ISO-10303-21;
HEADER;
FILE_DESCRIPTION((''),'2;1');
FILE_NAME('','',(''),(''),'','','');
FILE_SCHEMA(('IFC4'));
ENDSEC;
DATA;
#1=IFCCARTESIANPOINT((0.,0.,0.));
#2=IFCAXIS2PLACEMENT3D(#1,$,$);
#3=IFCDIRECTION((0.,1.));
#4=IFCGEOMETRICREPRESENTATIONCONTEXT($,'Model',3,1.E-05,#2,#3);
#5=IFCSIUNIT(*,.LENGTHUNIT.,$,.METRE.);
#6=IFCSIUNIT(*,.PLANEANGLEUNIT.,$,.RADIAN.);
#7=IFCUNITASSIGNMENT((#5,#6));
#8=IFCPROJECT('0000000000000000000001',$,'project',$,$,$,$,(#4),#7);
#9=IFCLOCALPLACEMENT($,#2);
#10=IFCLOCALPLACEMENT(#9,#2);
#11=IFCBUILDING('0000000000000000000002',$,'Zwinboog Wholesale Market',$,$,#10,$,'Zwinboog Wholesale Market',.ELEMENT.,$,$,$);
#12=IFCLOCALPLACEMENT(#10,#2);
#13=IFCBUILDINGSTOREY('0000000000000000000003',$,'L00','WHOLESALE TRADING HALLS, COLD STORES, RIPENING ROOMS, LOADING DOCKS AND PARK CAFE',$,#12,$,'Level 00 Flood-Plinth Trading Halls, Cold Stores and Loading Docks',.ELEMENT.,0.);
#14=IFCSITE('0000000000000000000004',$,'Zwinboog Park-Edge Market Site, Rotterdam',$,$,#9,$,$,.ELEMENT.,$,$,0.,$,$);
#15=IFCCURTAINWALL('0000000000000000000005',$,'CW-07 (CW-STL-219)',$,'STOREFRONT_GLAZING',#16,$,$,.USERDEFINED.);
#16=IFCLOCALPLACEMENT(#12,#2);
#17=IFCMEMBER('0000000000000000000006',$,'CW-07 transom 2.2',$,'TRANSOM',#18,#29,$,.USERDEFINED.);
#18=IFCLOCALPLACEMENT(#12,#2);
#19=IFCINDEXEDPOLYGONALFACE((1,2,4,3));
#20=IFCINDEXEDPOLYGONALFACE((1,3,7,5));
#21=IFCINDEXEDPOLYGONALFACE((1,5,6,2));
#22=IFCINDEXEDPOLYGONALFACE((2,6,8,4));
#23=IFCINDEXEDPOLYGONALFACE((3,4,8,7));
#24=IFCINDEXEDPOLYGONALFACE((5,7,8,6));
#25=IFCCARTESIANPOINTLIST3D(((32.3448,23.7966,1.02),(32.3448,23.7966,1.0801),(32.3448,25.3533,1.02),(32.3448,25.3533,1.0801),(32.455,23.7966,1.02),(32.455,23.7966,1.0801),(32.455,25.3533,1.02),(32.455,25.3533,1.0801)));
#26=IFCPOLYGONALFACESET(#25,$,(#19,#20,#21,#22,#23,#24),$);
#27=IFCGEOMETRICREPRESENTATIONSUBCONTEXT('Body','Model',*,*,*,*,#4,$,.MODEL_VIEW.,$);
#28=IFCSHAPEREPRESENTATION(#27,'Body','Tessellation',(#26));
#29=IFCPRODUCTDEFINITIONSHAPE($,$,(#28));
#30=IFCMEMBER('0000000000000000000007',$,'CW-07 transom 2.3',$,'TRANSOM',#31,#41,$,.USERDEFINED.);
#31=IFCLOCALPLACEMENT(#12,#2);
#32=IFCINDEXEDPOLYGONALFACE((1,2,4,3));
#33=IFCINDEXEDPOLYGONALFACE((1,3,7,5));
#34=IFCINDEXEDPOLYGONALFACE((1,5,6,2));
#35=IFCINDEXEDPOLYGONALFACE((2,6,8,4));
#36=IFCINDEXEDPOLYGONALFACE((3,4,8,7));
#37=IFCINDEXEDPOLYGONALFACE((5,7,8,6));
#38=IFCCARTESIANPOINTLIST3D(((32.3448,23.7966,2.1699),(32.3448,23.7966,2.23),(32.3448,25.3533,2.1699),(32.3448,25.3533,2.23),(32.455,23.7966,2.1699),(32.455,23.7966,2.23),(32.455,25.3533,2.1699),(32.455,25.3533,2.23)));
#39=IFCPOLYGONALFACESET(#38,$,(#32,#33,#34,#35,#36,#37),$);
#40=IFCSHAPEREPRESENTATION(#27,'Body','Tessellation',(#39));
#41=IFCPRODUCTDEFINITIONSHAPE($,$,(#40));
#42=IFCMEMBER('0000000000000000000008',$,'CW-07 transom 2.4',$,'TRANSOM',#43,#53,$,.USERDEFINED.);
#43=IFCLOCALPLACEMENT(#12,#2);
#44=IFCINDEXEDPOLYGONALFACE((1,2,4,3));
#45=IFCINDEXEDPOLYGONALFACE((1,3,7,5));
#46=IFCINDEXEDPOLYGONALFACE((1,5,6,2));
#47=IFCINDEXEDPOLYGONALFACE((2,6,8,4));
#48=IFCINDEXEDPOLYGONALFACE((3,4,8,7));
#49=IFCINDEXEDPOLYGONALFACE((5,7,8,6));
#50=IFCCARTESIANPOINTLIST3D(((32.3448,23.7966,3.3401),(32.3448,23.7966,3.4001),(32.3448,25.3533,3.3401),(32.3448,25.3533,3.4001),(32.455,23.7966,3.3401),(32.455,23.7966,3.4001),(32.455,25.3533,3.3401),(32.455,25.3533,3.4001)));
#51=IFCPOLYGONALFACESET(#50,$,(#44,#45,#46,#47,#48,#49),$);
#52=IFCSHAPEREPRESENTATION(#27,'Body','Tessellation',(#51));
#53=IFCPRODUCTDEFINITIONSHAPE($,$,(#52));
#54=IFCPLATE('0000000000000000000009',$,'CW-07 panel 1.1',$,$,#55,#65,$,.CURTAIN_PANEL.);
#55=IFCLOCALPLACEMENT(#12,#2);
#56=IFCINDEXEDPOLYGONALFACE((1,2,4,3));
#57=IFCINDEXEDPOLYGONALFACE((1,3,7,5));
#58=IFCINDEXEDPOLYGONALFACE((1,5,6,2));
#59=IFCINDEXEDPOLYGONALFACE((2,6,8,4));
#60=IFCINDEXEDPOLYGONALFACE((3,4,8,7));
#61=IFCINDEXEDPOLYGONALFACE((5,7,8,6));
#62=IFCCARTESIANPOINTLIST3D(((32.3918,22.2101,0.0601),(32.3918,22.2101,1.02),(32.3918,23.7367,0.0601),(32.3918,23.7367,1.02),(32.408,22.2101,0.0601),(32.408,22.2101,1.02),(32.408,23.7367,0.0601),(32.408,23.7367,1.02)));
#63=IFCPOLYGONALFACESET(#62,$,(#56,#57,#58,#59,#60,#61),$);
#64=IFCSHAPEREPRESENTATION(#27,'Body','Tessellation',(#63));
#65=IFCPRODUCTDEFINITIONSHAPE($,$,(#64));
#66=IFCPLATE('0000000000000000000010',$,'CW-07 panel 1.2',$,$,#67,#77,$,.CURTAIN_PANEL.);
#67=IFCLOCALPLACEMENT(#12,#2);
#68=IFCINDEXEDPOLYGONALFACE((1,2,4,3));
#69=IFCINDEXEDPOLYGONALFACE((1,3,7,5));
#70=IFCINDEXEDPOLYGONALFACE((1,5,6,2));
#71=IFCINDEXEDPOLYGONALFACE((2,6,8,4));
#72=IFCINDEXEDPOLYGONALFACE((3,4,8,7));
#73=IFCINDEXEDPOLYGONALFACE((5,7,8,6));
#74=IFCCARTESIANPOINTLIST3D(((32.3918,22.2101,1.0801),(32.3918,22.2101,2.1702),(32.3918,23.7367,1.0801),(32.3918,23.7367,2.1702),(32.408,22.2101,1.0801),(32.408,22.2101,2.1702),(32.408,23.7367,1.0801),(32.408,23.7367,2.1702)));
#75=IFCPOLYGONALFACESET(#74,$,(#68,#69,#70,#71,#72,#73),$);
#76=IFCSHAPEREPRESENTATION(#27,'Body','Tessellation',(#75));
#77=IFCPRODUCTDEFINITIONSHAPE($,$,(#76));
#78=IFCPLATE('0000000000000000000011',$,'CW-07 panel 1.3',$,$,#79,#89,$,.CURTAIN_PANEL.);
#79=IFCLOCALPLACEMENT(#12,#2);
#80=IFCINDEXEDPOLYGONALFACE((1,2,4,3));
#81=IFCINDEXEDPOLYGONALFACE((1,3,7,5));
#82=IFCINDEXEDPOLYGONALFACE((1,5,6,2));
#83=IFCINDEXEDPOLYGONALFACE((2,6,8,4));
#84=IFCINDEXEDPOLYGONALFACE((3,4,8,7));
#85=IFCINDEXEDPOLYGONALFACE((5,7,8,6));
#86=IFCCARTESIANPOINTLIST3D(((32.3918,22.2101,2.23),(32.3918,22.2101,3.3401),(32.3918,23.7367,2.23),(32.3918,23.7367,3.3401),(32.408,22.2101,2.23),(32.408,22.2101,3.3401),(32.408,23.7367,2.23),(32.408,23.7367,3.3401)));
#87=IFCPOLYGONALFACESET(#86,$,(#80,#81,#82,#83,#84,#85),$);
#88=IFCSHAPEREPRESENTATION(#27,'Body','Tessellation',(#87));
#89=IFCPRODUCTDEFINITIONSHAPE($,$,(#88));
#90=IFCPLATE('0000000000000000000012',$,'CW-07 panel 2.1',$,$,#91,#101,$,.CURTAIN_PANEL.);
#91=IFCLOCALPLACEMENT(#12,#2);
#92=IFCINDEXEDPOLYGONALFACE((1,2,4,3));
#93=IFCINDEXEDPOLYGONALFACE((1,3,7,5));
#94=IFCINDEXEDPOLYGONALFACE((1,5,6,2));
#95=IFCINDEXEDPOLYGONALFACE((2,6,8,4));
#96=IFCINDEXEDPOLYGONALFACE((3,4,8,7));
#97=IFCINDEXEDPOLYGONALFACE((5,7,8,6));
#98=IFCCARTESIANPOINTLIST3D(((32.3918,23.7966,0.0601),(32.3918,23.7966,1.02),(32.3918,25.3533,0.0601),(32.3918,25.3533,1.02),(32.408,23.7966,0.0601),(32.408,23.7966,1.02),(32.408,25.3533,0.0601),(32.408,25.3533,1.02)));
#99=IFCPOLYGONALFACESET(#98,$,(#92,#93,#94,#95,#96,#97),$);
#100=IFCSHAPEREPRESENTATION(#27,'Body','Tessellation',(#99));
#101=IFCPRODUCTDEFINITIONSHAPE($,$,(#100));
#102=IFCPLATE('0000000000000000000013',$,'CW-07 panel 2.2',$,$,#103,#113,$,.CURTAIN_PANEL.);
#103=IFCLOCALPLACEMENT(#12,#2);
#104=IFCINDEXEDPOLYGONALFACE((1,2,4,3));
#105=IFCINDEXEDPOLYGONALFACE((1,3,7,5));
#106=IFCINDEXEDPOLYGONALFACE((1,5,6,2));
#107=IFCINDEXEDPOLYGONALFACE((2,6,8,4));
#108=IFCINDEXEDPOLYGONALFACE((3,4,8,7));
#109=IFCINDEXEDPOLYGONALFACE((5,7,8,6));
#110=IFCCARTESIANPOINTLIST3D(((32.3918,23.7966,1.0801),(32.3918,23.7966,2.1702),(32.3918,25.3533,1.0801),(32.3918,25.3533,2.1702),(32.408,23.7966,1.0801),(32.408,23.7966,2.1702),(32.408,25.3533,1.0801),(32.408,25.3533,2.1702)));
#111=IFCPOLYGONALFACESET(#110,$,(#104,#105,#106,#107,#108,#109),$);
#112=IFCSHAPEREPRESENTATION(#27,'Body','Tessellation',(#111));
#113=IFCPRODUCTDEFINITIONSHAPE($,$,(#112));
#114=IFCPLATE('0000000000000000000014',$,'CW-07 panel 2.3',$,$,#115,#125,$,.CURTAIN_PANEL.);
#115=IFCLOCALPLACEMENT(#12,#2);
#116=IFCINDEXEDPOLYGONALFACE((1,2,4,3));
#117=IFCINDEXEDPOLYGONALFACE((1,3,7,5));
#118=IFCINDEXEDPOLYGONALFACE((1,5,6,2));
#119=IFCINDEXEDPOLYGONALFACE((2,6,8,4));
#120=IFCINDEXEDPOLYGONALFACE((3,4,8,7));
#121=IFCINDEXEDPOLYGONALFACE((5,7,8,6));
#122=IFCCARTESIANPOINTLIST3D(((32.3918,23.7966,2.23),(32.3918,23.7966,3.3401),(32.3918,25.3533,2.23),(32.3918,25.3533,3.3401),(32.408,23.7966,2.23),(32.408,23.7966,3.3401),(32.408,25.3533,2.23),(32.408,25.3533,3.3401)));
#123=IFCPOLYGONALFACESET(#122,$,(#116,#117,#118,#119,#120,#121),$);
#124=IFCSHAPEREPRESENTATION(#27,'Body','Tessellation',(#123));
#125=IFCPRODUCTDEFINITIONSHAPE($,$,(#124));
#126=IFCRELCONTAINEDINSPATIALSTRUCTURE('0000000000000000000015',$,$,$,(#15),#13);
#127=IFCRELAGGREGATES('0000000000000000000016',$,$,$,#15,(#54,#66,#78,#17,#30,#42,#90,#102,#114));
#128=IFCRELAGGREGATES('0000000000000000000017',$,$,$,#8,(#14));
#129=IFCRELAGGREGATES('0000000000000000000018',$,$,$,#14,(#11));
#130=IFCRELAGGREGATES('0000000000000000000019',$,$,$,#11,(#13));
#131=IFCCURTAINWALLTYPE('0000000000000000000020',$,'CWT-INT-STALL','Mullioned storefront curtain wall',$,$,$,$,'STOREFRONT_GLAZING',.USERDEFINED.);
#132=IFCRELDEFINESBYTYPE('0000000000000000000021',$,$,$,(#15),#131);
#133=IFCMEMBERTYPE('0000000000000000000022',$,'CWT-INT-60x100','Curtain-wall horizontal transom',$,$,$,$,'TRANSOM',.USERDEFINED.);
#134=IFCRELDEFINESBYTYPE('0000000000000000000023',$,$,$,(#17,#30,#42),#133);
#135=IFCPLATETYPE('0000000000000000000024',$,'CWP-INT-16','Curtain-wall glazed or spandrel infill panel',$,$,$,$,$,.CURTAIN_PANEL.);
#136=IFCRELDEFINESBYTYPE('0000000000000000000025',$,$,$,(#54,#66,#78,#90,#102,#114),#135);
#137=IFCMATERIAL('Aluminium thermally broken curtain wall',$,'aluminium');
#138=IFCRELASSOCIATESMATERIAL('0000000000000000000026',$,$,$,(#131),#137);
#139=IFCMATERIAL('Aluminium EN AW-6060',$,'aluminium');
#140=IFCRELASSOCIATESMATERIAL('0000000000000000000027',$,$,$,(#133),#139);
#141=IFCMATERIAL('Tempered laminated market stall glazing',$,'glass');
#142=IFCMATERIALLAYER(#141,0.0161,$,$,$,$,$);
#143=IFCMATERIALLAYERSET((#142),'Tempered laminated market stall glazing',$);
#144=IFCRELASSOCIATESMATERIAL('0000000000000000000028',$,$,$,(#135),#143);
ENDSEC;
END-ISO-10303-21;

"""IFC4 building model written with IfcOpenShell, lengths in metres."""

from ifc_helpers import new_model, si_unit, direction, frame, origin, origin_2d, place, context, subcontext, project, spatial, rectangle, extrude, material, layer, layer_set, material_profile, profile_set, type_object, element, aggregate, save


model = new_model("IFC4")

# Units and contexts
model_context = context("Model", 3, precision=1e-05, world=origin(), true_north=direction((0.0, 1.0)))
body_context = subcontext(model_context, "Body", "Model", "MODEL_VIEW")
ifc_project = project(units=[si_unit("LENGTHUNIT", "METRE"), si_unit("PLANEANGLEUNIT", "RADIAN")], contexts=[model_context])

# Site, building, storey
site_placement = place(None, origin())
site = spatial("IfcSite", under=ifc_project, at=site_placement, Name="Zwinboog Park-Edge Market Site, Rotterdam", CompositionType="ELEMENT", RefElevation=0.0)
building_placement = place(site_placement, origin())
building = spatial("IfcBuilding", under=site, at=building_placement, Name="Zwinboog Wholesale Market", LongName="Zwinboog Wholesale Market", CompositionType="ELEMENT")
storey_placement = place(building_placement, origin())
storey = spatial("IfcBuildingStorey", under=building, at=storey_placement, Name="L00", Description="WHOLESALE TRADING HALLS, COLD STORES, RIPENING ROOMS, LOADING DOCKS AND PARK CAFE", LongName="Level 00 Flood-Plinth Trading Halls, Cold Stores and Loading Docks", CompositionType="ELEMENT", Elevation=0.0)

# Curtain wall, members, plates
ifc_material_1 = material(Name="Aluminium thermally broken curtain wall", Category="aluminium")
curtain_wall_type = type_object("IfcCurtainWallType", Name="CWT-INT-STALL", Description="Mullioned storefront curtain wall", ElementType="STOREFRONT_GLAZING", PredefinedType="USERDEFINED", material=ifc_material_1)
curtain_wall_placement = place(storey_placement, origin())
curtain_wall = element("IfcCurtainWall", 1, at=curtain_wall_placement, inside=storey, type_object=curtain_wall_type, Name="CW-07 (CW-STL-219)", ObjectType="STOREFRONT_GLAZING", PredefinedType="USERDEFINED")
ifc_material_2 = material(Name="Aluminium EN AW-6060", Category="aluminium")
ifc_material_profile_1 = material_profile(ifc_material_2, rectangle(XDim=0.1101, YDim=0.0601, at=origin_2d()), Name="AL 60x110")
ifc_profile_set_1 = profile_set([ifc_material_profile_1], Name="Aluminium EN AW-6060")
member_type_1 = type_object("IfcMemberType", Name="CWT-INT-60x100", Description="Curtain-wall horizontal transom", ElementType="TRANSOM", PredefinedType="USERDEFINED", material=ifc_profile_set_1)
member_1_placement = place(storey_placement, frame((32.3999, 23.7966, 1.05), z_axis=(0.0, 1.0, 0.0), x_axis=(-1.0, 0.0, 0.0)))
member_1 = element("IfcMember", 2, at=member_1_placement, type_object=member_type_1, Name="CW-07 transom 2.2", ObjectType="TRANSOM", PredefinedType="USERDEFINED", context=body_context, shape_type="SweptSolid", body=[
    extrude(rectangle(XDim=0.1101, YDim=0.0601, at=origin_2d()), origin(), (0.0, 0.0, 1.0), 1.5566),
])
member_2_placement = place(storey_placement, frame((32.3999, 23.7966, 2.2), z_axis=(0.0, 1.0, 0.0), x_axis=(-1.0, 0.0, 0.0)))
member_2 = element("IfcMember", 3, at=member_2_placement, type_object=member_type_1, Name="CW-07 transom 2.3", ObjectType="TRANSOM", PredefinedType="USERDEFINED", context=body_context, shape_type="SweptSolid", body=[
    extrude(rectangle(XDim=0.1101, YDim=0.0601, at=origin_2d()), origin(), (0.0, 0.0, 1.0), 1.5566),
])
member_3_placement = place(storey_placement, frame((32.3999, 23.7966, 3.3701), z_axis=(0.0, 1.0, 0.0), x_axis=(-1.0, 0.0, 0.0)))
member_3 = element("IfcMember", 4, at=member_3_placement, type_object=member_type_1, Name="CW-07 transom 2.4", ObjectType="TRANSOM", PredefinedType="USERDEFINED", context=body_context, shape_type="SweptSolid", body=[
    extrude(rectangle(XDim=0.1101, YDim=0.0601, at=origin_2d()), origin(), (0.0, 0.0, 1.0), 1.5566),
])
ifc_material_3 = material(Name="Tempered laminated market stall glazing", Category="glass")
ifc_layer = layer(ifc_material_3, 0.0161)
ifc_layer_set = layer_set([ifc_layer], Name="Tempered laminated market stall glazing")
plate_type = type_object("IfcPlateType", Name="CWP-INT-16", Description="Curtain-wall glazed or spandrel infill panel", PredefinedType="CURTAIN_PANEL", material=ifc_layer_set)
plate_1_placement = place(storey_placement, frame((32.3999, 22.9734, 0.0601), z_axis=(0.0, 0.0, 1.0), x_axis=(0.0, 1.0, 0.0)))
plate_1 = element("IfcPlate", 5, at=plate_1_placement, type_object=plate_type, Name="CW-07 panel 1.1", PredefinedType="CURTAIN_PANEL", context=body_context, shape_type="SweptSolid", body=[
    extrude(rectangle(XDim=1.5266, YDim=0.0161, at=origin_2d()), origin(), (0.0, 0.0, 1.0), 0.96),
])
plate_2_placement = place(storey_placement, frame((32.3999, 22.9734, 1.0801), z_axis=(0.0, 0.0, 1.0), x_axis=(0.0, 1.0, 0.0)))
plate_2 = element("IfcPlate", 6, at=plate_2_placement, type_object=plate_type, Name="CW-07 panel 1.2", PredefinedType="CURTAIN_PANEL", context=body_context, shape_type="SweptSolid", body=[
    extrude(rectangle(XDim=1.5266, YDim=0.0161, at=origin_2d()), origin(), (0.0, 0.0, 1.0), 1.0901),
])
plate_3_placement = place(storey_placement, frame((32.3999, 22.9734, 2.23), z_axis=(0.0, 0.0, 1.0), x_axis=(0.0, 1.0, 0.0)))
plate_3 = element("IfcPlate", 7, at=plate_3_placement, type_object=plate_type, Name="CW-07 panel 1.3", PredefinedType="CURTAIN_PANEL", context=body_context, shape_type="SweptSolid", body=[
    extrude(rectangle(XDim=1.5266, YDim=0.0161, at=origin_2d()), origin(), (0.0, 0.0, 1.0), 1.1101),
])
plate_4_placement = place(storey_placement, frame((32.3999, 24.575, 0.0601), z_axis=(0.0, 0.0, 1.0), x_axis=(0.0, 1.0, 0.0)))
plate_4 = element("IfcPlate", 8, at=plate_4_placement, type_object=plate_type, Name="CW-07 panel 2.1", PredefinedType="CURTAIN_PANEL", context=body_context, shape_type="SweptSolid", body=[
    extrude(rectangle(XDim=1.5566, YDim=0.0161, at=origin_2d()), origin(), (0.0, 0.0, 1.0), 0.96),
])
plate_5_placement = place(storey_placement, frame((32.3999, 24.575, 1.0801), z_axis=(0.0, 0.0, 1.0), x_axis=(0.0, 1.0, 0.0)))
plate_5 = element("IfcPlate", 9, at=plate_5_placement, type_object=plate_type, Name="CW-07 panel 2.2", PredefinedType="CURTAIN_PANEL", context=body_context, shape_type="SweptSolid", body=[
    extrude(rectangle(XDim=1.5566, YDim=0.0161, at=origin_2d()), origin(), (0.0, 0.0, 1.0), 1.0901),
])
plate_6_placement = place(storey_placement, frame((32.3999, 24.575, 2.23), z_axis=(0.0, 0.0, 1.0), x_axis=(0.0, 1.0, 0.0)))
plate_6 = element("IfcPlate", 10, at=plate_6_placement, type_object=plate_type, Name="CW-07 panel 2.3", PredefinedType="CURTAIN_PANEL", context=body_context, shape_type="SweptSolid", body=[
    extrude(rectangle(XDim=1.5566, YDim=0.0161, at=origin_2d()), origin(), (0.0, 0.0, 1.0), 1.1101),
])
aggregate(curtain_wall, [plate_1, plate_2, plate_3, member_1, member_2, member_3, plate_4, plate_5, plate_6])

save(model, "model.ifc")
